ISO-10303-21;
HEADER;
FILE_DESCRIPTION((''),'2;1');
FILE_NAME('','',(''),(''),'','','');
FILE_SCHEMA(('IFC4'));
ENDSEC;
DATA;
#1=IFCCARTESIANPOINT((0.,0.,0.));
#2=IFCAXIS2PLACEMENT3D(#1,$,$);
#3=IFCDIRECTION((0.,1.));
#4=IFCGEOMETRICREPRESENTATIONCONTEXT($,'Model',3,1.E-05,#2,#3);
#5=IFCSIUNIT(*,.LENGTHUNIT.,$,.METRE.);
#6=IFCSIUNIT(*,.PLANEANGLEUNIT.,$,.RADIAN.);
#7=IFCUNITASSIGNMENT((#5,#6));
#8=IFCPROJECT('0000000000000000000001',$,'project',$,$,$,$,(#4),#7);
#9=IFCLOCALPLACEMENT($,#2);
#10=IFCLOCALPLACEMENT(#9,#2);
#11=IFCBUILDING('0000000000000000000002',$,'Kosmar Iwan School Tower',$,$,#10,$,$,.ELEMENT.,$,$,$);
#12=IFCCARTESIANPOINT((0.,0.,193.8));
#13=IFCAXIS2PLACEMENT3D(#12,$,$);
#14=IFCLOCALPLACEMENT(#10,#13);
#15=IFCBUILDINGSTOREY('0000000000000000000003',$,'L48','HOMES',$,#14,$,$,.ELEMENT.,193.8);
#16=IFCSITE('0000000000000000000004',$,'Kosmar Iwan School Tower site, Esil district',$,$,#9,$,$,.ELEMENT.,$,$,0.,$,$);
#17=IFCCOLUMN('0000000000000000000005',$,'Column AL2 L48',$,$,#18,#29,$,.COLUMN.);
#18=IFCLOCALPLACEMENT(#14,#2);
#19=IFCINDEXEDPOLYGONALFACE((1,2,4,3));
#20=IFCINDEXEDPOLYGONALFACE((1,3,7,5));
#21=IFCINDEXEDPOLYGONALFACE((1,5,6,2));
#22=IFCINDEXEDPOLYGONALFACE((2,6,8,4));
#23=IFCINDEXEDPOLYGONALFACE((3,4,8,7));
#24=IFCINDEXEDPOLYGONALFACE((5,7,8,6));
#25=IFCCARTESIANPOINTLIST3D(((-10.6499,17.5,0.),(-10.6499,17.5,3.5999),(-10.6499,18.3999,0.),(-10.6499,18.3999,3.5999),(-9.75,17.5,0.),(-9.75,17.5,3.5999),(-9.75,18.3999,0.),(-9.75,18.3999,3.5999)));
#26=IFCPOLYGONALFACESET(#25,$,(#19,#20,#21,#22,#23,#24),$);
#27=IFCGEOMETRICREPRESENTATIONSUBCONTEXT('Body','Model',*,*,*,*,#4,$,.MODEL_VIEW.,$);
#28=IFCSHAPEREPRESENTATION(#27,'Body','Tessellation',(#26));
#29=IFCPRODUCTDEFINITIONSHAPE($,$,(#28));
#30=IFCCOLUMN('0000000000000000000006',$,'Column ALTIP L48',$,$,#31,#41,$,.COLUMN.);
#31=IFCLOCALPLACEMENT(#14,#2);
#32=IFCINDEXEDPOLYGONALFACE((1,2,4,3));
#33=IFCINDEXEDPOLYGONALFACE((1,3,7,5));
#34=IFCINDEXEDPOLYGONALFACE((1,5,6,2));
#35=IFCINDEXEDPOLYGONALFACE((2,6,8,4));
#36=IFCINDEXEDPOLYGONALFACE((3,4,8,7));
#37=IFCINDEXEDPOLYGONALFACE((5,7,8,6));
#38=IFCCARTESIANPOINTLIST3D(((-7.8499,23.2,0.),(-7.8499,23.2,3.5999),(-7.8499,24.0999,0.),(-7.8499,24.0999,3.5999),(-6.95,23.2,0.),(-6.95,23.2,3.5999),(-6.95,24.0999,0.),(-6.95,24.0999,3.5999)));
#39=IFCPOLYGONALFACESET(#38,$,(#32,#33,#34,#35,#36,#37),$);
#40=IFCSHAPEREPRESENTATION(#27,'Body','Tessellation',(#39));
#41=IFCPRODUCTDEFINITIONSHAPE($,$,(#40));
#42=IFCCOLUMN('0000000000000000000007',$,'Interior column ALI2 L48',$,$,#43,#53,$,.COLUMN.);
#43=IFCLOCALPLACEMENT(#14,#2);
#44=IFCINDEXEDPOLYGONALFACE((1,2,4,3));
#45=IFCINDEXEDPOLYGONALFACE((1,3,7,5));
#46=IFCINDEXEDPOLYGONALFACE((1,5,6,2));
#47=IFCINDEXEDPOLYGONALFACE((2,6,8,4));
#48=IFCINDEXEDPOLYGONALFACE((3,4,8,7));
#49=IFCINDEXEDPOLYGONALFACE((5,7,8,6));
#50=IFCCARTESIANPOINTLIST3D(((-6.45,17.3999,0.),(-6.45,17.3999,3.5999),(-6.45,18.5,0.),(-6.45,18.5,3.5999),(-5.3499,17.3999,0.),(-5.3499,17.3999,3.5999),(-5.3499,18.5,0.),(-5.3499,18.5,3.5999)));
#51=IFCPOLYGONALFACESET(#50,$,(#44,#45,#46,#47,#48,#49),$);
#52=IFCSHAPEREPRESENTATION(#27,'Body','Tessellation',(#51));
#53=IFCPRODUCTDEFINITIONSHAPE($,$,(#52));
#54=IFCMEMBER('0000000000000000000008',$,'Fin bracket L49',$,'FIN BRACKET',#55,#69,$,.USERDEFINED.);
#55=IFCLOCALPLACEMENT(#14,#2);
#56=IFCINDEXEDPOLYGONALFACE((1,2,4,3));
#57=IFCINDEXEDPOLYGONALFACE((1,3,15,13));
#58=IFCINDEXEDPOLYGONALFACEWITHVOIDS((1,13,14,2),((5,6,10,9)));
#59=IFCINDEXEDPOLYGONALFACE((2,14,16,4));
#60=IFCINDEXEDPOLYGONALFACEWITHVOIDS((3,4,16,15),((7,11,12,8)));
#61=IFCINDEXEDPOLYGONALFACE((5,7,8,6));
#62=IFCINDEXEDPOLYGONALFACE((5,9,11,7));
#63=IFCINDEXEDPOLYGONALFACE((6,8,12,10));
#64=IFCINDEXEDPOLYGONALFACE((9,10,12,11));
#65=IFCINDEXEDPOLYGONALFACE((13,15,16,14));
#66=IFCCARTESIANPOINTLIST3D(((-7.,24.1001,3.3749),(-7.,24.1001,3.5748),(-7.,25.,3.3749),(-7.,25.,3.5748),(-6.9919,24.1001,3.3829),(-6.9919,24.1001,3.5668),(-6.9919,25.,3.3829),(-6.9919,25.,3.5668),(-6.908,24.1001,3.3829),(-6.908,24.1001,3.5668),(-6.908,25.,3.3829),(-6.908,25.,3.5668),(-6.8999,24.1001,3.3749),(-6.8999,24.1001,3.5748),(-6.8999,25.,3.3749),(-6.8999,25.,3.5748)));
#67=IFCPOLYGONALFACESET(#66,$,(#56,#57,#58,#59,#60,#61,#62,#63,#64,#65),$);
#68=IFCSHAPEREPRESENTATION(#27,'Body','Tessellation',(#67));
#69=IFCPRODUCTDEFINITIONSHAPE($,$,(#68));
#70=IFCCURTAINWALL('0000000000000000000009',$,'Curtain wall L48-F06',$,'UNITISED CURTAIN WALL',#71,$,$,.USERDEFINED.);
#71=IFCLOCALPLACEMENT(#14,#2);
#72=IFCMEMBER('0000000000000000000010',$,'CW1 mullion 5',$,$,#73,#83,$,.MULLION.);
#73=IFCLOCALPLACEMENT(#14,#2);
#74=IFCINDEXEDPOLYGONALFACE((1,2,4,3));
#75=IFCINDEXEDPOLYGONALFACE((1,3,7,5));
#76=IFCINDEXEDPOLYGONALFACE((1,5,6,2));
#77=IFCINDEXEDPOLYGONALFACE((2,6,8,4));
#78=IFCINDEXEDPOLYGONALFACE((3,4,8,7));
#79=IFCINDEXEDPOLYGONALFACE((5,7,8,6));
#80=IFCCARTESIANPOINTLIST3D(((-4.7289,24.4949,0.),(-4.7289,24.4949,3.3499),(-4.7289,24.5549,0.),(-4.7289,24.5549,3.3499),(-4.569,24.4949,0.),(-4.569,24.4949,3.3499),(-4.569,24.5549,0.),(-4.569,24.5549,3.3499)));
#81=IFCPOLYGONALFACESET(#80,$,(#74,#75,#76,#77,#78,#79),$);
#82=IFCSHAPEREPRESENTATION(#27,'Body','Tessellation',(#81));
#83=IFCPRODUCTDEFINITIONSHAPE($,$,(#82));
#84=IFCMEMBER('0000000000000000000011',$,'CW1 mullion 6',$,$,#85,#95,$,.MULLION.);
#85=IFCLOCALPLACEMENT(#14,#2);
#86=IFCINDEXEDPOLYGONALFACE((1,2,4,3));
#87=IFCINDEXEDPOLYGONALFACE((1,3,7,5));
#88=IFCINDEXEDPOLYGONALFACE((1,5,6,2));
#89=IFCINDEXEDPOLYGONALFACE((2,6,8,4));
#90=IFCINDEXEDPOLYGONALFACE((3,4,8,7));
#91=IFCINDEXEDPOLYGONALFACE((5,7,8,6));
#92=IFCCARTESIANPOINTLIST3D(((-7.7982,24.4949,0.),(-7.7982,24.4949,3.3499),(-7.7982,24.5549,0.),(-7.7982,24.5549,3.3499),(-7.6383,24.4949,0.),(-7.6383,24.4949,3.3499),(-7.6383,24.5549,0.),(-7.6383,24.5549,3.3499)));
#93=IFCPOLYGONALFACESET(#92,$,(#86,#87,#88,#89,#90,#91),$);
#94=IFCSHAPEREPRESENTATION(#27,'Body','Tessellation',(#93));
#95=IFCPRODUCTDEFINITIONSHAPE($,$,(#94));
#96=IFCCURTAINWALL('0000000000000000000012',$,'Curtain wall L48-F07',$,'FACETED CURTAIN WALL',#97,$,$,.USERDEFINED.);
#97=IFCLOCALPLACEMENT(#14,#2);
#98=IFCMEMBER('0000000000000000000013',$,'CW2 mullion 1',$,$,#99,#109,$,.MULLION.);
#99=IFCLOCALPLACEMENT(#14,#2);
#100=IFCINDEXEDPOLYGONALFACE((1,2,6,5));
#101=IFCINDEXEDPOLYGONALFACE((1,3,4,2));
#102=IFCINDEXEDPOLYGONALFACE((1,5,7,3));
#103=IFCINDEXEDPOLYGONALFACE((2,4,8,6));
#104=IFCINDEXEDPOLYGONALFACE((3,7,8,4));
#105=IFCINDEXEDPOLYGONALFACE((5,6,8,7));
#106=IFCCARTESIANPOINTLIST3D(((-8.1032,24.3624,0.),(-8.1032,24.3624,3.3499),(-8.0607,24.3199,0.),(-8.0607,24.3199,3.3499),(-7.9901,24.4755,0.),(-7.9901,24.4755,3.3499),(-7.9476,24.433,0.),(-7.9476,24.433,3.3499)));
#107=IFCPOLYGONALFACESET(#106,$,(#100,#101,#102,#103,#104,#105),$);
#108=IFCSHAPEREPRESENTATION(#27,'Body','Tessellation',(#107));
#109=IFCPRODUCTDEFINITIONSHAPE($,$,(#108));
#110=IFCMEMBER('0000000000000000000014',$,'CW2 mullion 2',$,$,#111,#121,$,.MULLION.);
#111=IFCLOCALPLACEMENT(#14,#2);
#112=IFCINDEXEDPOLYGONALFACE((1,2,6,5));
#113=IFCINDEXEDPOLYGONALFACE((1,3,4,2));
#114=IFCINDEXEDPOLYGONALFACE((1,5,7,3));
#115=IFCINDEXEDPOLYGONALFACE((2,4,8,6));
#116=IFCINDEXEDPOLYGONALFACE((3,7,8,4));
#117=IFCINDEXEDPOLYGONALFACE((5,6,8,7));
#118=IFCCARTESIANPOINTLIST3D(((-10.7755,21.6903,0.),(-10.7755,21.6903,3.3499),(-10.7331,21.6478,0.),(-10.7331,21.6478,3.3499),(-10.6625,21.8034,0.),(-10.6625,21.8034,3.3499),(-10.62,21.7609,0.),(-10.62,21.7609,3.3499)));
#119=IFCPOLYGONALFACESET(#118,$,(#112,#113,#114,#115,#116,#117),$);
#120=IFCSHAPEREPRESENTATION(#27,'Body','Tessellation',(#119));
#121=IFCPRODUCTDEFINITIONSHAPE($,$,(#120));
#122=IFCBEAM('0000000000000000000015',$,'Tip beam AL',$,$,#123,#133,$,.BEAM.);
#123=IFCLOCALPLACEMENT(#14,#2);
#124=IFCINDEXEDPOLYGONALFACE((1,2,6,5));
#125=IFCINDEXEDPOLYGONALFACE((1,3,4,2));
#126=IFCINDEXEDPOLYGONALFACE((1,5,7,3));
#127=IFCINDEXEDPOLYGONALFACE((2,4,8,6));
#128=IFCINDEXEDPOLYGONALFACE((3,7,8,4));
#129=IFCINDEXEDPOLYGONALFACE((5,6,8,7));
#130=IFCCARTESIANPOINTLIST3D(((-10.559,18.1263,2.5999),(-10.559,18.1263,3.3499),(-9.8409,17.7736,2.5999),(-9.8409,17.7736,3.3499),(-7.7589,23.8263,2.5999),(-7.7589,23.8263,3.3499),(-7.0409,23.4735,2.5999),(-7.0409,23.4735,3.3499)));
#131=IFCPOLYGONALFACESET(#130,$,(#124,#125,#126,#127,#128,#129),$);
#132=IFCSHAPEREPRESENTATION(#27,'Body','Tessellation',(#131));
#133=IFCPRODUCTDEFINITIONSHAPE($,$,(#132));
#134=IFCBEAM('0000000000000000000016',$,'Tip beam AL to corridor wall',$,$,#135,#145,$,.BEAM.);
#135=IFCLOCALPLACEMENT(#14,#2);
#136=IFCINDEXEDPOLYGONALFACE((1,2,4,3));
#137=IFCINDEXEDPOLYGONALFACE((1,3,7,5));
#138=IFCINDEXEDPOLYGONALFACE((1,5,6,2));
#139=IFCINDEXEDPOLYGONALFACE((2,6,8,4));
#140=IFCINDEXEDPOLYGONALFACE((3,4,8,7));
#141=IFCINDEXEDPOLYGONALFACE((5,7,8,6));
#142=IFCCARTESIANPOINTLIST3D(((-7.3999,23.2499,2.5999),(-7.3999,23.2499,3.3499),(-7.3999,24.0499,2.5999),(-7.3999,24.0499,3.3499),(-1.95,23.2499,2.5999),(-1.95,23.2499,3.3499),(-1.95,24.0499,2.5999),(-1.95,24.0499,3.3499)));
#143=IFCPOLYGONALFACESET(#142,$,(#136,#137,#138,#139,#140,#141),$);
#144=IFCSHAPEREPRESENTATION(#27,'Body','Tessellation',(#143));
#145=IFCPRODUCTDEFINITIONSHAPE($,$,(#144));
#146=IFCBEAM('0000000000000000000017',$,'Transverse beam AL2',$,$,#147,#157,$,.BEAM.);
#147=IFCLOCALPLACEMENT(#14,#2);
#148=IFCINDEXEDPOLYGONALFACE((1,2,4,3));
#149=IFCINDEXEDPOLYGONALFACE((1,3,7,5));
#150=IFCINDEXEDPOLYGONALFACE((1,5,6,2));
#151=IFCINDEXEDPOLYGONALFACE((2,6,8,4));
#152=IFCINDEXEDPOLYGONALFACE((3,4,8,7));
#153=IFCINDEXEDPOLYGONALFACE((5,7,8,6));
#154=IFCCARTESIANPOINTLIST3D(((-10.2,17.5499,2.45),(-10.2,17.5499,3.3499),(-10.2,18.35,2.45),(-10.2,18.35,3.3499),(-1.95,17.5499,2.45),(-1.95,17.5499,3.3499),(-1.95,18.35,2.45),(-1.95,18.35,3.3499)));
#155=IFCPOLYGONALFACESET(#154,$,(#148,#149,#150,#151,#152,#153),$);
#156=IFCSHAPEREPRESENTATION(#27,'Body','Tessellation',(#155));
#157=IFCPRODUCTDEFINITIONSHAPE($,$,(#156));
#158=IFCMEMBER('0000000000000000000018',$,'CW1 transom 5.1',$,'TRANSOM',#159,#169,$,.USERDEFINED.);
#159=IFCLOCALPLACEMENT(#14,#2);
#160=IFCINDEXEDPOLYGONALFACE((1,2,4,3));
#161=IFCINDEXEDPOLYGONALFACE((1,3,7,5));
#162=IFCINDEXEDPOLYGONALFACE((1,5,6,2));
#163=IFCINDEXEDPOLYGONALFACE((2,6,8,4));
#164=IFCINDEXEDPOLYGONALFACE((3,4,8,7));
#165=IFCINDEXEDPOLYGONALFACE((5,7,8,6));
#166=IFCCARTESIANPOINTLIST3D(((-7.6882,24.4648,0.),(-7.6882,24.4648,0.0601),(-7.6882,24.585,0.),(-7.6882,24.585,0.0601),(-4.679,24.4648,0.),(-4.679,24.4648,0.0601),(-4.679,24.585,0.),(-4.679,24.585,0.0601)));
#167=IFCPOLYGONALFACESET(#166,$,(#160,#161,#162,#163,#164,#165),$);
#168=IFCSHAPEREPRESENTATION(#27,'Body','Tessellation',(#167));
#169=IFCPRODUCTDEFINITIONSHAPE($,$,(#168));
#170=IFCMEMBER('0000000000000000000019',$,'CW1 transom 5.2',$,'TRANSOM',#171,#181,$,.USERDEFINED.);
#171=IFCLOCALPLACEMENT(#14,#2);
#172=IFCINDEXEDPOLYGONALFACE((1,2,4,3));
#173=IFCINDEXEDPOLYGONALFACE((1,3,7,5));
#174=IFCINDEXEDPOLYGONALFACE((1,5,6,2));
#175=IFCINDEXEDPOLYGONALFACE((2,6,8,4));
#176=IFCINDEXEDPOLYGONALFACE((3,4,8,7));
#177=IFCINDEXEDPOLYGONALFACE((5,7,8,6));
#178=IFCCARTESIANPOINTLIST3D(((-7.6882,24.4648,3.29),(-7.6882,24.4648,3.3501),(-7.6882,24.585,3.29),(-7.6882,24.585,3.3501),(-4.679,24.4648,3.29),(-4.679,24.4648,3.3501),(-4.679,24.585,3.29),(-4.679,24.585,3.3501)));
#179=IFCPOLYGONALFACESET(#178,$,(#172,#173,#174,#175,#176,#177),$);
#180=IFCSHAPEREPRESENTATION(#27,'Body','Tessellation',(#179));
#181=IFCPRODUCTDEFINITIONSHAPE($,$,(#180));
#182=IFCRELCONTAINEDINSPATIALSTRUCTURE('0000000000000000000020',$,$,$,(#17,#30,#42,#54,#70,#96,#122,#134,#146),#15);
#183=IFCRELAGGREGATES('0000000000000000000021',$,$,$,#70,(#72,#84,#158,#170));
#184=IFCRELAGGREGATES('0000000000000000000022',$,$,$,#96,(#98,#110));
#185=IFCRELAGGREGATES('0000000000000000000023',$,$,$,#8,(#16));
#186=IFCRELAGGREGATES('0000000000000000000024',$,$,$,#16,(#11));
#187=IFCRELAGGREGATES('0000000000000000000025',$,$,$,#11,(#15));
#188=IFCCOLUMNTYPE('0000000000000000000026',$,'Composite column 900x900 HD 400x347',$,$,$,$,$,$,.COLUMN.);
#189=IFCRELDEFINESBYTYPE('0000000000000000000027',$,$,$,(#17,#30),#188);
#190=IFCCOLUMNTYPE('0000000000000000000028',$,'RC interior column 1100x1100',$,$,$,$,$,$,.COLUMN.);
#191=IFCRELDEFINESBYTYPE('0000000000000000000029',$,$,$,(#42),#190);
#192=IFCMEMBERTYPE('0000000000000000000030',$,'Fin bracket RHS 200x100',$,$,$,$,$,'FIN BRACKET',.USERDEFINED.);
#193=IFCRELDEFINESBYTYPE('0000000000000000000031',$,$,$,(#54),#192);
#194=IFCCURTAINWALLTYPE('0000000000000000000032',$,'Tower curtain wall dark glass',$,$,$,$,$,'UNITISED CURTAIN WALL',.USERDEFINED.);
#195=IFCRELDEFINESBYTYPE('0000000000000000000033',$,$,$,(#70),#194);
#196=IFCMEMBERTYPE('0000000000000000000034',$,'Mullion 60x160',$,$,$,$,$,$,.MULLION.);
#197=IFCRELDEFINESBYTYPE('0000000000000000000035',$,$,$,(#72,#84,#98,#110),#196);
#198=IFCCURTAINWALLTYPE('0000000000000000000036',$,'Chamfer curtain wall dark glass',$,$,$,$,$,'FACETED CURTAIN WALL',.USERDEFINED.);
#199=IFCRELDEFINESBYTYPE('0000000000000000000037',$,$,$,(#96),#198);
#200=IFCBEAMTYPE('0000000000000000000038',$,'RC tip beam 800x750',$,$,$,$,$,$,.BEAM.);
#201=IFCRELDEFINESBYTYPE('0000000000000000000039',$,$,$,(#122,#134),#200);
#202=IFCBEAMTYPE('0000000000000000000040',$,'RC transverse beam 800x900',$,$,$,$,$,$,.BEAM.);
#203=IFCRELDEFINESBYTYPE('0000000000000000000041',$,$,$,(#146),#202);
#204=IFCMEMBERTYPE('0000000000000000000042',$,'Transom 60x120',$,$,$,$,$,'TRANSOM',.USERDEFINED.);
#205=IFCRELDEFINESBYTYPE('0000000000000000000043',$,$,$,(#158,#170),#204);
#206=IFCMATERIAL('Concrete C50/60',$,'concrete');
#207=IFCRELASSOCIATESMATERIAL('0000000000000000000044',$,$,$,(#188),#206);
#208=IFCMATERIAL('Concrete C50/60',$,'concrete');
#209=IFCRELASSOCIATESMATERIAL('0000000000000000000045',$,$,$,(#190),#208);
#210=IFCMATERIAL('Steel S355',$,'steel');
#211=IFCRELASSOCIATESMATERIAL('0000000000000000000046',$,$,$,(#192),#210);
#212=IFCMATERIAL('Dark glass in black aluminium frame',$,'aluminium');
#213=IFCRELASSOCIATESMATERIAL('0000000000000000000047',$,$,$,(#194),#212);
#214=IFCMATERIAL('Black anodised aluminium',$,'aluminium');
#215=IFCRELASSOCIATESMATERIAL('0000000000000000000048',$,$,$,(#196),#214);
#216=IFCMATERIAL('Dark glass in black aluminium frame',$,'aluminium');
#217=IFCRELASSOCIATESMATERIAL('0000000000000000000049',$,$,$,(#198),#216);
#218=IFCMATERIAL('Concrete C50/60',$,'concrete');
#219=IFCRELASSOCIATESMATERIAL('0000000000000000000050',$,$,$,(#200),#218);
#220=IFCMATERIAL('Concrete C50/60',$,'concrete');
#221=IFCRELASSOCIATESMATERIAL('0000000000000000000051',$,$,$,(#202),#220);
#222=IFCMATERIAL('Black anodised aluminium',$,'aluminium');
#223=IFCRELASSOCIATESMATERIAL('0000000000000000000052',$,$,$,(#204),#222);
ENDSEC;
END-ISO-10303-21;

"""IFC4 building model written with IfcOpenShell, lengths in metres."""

from ifc_helpers import new_model, si_unit, direction, frame, origin, origin_2d, place, context, subcontext, project, spatial, rectangle, hollow_rectangle, extrude, material, material_profile, profile_set, type_object, element, aggregate, save


model = new_model("IFC4")

# Units and contexts
model_context = context("Model", 3, precision=1e-05, world=origin(), true_north=direction((0.0, 1.0)))
body_context = subcontext(model_context, "Body", "Model", "MODEL_VIEW")
ifc_project = project(units=[si_unit("LENGTHUNIT", "METRE"), si_unit("PLANEANGLEUNIT", "RADIAN")], contexts=[model_context])

# Site, building, storey
site_placement = place(None, origin())
site = spatial("IfcSite", under=ifc_project, at=site_placement, Name="Kosmar Iwan School Tower site, Esil district", CompositionType="ELEMENT", RefElevation=0.0)
building_placement = place(site_placement, origin())
building = spatial("IfcBuilding", under=site, at=building_placement, Name="Kosmar Iwan School Tower", CompositionType="ELEMENT")
storey_placement = place(building_placement, frame((0.0, 0.0, 193.8)))
storey = spatial("IfcBuildingStorey", under=building, at=storey_placement, Name="L48", Description="HOMES", CompositionType="ELEMENT", Elevation=193.8)

# Columns
ifc_material_1 = material(Name="Concrete C50/60", Category="concrete")
ifc_material_profile_1 = material_profile(ifc_material_1, rectangle(XDim=0.8999, YDim=0.8999, at=origin_2d()), Name="RC 900x900 + HD 400x347")
ifc_profile_set_1 = profile_set([ifc_material_profile_1], Name="Concrete C50/60")
column_type_1 = type_object("IfcColumnType", Name="Composite column 900x900 HD 400x347", PredefinedType="COLUMN", material=ifc_profile_set_1)
for number, where, z_axis, x_axis, name in (
    (1, (-10.2, 17.95, 0.0), (0.0, 0.0, 1.0), (0.0, 1.0, 0.0), "Column AL2 L48"),
    (2, (-7.3999, 23.6499, 0.0), (0.0, 0.0, 1.0), (0.0, 1.0, 0.0), "Column ALTIP L48"),
):
    element("IfcColumn", number, at=place(storey_placement, frame(where, z_axis=z_axis, x_axis=x_axis)), inside=storey, type_object=column_type_1, Name=name, PredefinedType="COLUMN", context=body_context, shape_type="SweptSolid", body=[
        extrude(rectangle(XDim=0.8999, YDim=0.8999, at=origin_2d()), origin(), (0.0, 0.0, 1.0), 3.5999),
    ])
ifc_material_2 = material(Name="Concrete C50/60", Category="concrete")
ifc_material_profile_2 = material_profile(ifc_material_2, rectangle(XDim=1.1001, YDim=1.1001, at=origin_2d()), Name="RC 1100x1100")
ifc_profile_set_2 = profile_set([ifc_material_profile_2], Name="Concrete C50/60")
column_type_2 = type_object("IfcColumnType", Name="RC interior column 1100x1100", PredefinedType="COLUMN", material=ifc_profile_set_2)
column_placement = place(storey_placement, frame((-5.8999, 17.95, 0.0), z_axis=(0.0, 0.0, 1.0), x_axis=(0.0, 1.0, 0.0)))
element("IfcColumn", 3, at=column_placement, inside=storey, type_object=column_type_2, Name="Interior column ALI2 L48", PredefinedType="COLUMN", context=body_context, shape_type="SweptSolid", body=[
    extrude(rectangle(XDim=1.1001, YDim=1.1001, at=origin_2d()), origin(), (0.0, 0.0, 1.0), 3.5999),
])

# Member
ifc_material_3 = material(Name="Steel S355", Category="steel")
ifc_material_profile_3 = material_profile(ifc_material_3, hollow_rectangle(XDim=0.1001, YDim=0.2, WallThickness=0.0081, at=origin_2d()), Name="RHS 200x100x8")
ifc_profile_set_3 = profile_set([ifc_material_profile_3], Name="Steel S355")
member_type_1 = type_object("IfcMemberType", Name="Fin bracket RHS 200x100", ElementType="FIN BRACKET", PredefinedType="USERDEFINED", material=ifc_profile_set_3)
member_1_placement = place(storey_placement, frame((-6.95, 24.1001, 3.4749), z_axis=(0.0, 1.0, 0.0), x_axis=(-1.0, 0.0, 0.0)))
element("IfcMember", 4, at=member_1_placement, inside=storey, type_object=member_type_1, Name="Fin bracket L49", ObjectType="FIN BRACKET", PredefinedType="USERDEFINED", context=body_context, shape_type="SweptSolid", body=[
    extrude(hollow_rectangle(XDim=0.1001, YDim=0.2, WallThickness=0.0081, at=origin_2d()), origin(), (0.0, 0.0, 1.0), 0.8999),
])

# Curtain walls, members
ifc_material_4 = material(Name="Dark glass in black aluminium frame", Category="aluminium")
curtain_wall_type_1 = type_object("IfcCurtainWallType", Name="Tower curtain wall dark glass", ElementType="UNITISED CURTAIN WALL", PredefinedType="USERDEFINED", material=ifc_material_4)
curtain_wall_1_placement = place(storey_placement, origin())
curtain_wall_1 = element("IfcCurtainWall", 5, at=curtain_wall_1_placement, inside=storey, type_object=curtain_wall_type_1, Name="Curtain wall L48-F06", ObjectType="UNITISED CURTAIN WALL", PredefinedType="USERDEFINED")
ifc_material_5 = material(Name="Black anodised aluminium", Category="aluminium")
ifc_material_profile_4 = material_profile(ifc_material_5, rectangle(XDim=0.0601, YDim=0.1599, at=origin_2d()), Name="MULLION 60x160")
ifc_profile_set_4 = profile_set([ifc_material_profile_4], Name="Black anodised aluminium")
member_type_2 = type_object("IfcMemberType", Name="Mullion 60x160", PredefinedType="MULLION", material=ifc_profile_set_4)
member_2_placement = place(storey_placement, frame((-4.6489, 24.5249, 0.0), z_axis=(0.0, 0.0, 1.0), x_axis=(0.0, -1.0, 0.0)))
member_2 = element("IfcMember", 6, at=member_2_placement, type_object=member_type_2, Name="CW1 mullion 5", PredefinedType="MULLION", context=body_context, shape_type="SweptSolid", body=[
    extrude(rectangle(XDim=0.0601, YDim=0.1599, at=origin_2d()), origin(), (0.0, 0.0, 1.0), 3.3499),
])
member_3_placement = place(storey_placement, frame((-7.7183, 24.5249, 0.0), z_axis=(0.0, 0.0, 1.0), x_axis=(0.0, -1.0, 0.0)))
member_3 = element("IfcMember", 7, at=member_3_placement, type_object=member_type_2, Name="CW1 mullion 6", PredefinedType="MULLION", context=body_context, shape_type="SweptSolid", body=[
    extrude(rectangle(XDim=0.0601, YDim=0.1599, at=origin_2d()), origin(), (0.0, 0.0, 1.0), 3.3499),
])
ifc_material_6 = material(Name="Dark glass in black aluminium frame", Category="aluminium")
curtain_wall_type_2 = type_object("IfcCurtainWallType", Name="Chamfer curtain wall dark glass", ElementType="FACETED CURTAIN WALL", PredefinedType="USERDEFINED", material=ifc_material_6)
curtain_wall_2_placement = place(storey_placement, origin())
curtain_wall_2 = element("IfcCurtainWall", 8, at=curtain_wall_2_placement, inside=storey, type_object=curtain_wall_type_2, Name="Curtain wall L48-F07", ObjectType="FACETED CURTAIN WALL", PredefinedType="USERDEFINED")
member_4_placement = place(storey_placement, frame((-8.0254, 24.3977, 0.0), z_axis=(0.0, 0.0, 1.0), x_axis=(0.707107, -0.707107, 0.0)))
member_4 = element("IfcMember", 9, at=member_4_placement, type_object=member_type_2, Name="CW2 mullion 1", PredefinedType="MULLION", context=body_context, shape_type="SweptSolid", body=[
    extrude(rectangle(XDim=0.0601, YDim=0.1599, at=origin_2d()), origin(), (0.0, 0.0, 1.0), 3.3499),
])
member_5_placement = place(storey_placement, frame((-10.6978, 21.7256, 0.0), z_axis=(0.0, 0.0, 1.0), x_axis=(0.707107, -0.707107, 0.0)))
member_5 = element("IfcMember", 10, at=member_5_placement, type_object=member_type_2, Name="CW2 mullion 2", PredefinedType="MULLION", context=body_context, shape_type="SweptSolid", body=[
    extrude(rectangle(XDim=0.0601, YDim=0.1599, at=origin_2d()), origin(), (0.0, 0.0, 1.0), 3.3499),
])

# Beams
ifc_material_7 = material(Name="Concrete C50/60", Category="concrete")
ifc_material_profile_5 = material_profile(ifc_material_7, rectangle(XDim=0.8, YDim=0.75, at=origin_2d()), Name="RC 800x750")
ifc_profile_set_5 = profile_set([ifc_material_profile_5], Name="Concrete C50/60")
beam_type_1 = type_object("IfcBeamType", Name="RC tip beam 800x750", PredefinedType="BEAM", material=ifc_profile_set_5)
beam_1_placement = place(storey_placement, frame((-10.2, 17.95, 2.9749), z_axis=(0.440913, 0.89755, 0.0), x_axis=(-0.89755, 0.440913, 0.0)))
element("IfcBeam", 11, at=beam_1_placement, inside=storey, type_object=beam_type_1, Name="Tip beam AL", PredefinedType="BEAM", context=body_context, shape_type="SweptSolid", body=[
    extrude(rectangle(XDim=0.8, YDim=0.75, at=origin_2d()), origin(), (0.0, 0.0, 1.0), 6.3506),
])
beam_2_placement = place(storey_placement, frame((-7.3999, 23.6499, 2.9749), z_axis=(1.0, 0.0, 0.0), x_axis=(0.0, 1.0, 0.0)))
element("IfcBeam", 12, at=beam_2_placement, inside=storey, type_object=beam_type_1, Name="Tip beam AL to corridor wall", PredefinedType="BEAM", context=body_context, shape_type="SweptSolid", body=[
    extrude(rectangle(XDim=0.8, YDim=0.75, at=origin_2d()), origin(), (0.0, 0.0, 1.0), 5.45),
])
ifc_material_8 = material(Name="Concrete C50/60", Category="concrete")
ifc_material_profile_6 = material_profile(ifc_material_8, rectangle(XDim=0.8, YDim=0.8999, at=origin_2d()), Name="RC 800x900")
ifc_profile_set_6 = profile_set([ifc_material_profile_6], Name="Concrete C50/60")
beam_type_2 = type_object("IfcBeamType", Name="RC transverse beam 800x900", PredefinedType="BEAM", material=ifc_profile_set_6)
beam_3_placement = place(storey_placement, frame((-10.2, 17.95, 2.8999), z_axis=(1.0, 0.0, 0.0), x_axis=(0.0, 1.0, 0.0)))
element("IfcBeam", 13, at=beam_3_placement, inside=storey, type_object=beam_type_2, Name="Transverse beam AL2", PredefinedType="BEAM", context=body_context, shape_type="SweptSolid", body=[
    extrude(rectangle(XDim=0.8, YDim=0.8999, at=origin_2d()), origin(), (0.0, 0.0, 1.0), 8.25),
])

# Members
ifc_material_9 = material(Name="Black anodised aluminium", Category="aluminium")
ifc_material_profile_7 = material_profile(ifc_material_9, rectangle(XDim=0.1201, YDim=0.0601, at=origin_2d()), Name="TRANSOM 60x120")
ifc_profile_set_7 = profile_set([ifc_material_profile_7], Name="Black anodised aluminium")
member_type_3 = type_object("IfcMemberType", Name="Transom 60x120", ElementType="TRANSOM", PredefinedType="USERDEFINED", material=ifc_profile_set_7)
member_6_placement = place(storey_placement, frame((-4.679, 24.5249, 0.03), z_axis=(-1.0, 0.0, 0.0), x_axis=(0.0, -1.0, 0.0)))
member_6 = element("IfcMember", 14, at=member_6_placement, type_object=member_type_3, Name="CW1 transom 5.1", ObjectType="TRANSOM", PredefinedType="USERDEFINED", context=body_context, shape_type="SweptSolid", body=[
    extrude(rectangle(XDim=0.1201, YDim=0.0601, at=origin_2d()), origin(), (0.0, 0.0, 1.0), 3.0093),
])
member_7_placement = place(storey_placement, frame((-4.679, 24.5249, 3.3201), z_axis=(-1.0, 0.0, 0.0), x_axis=(0.0, -1.0, 0.0)))
member_7 = element("IfcMember", 15, at=member_7_placement, type_object=member_type_3, Name="CW1 transom 5.2", ObjectType="TRANSOM", PredefinedType="USERDEFINED", context=body_context, shape_type="SweptSolid", body=[
    extrude(rectangle(XDim=0.1201, YDim=0.0601, at=origin_2d()), origin(), (0.0, 0.0, 1.0), 3.0093),
])

aggregate(curtain_wall_1, [member_2, member_3, member_6, member_7])
aggregate(curtain_wall_2, [member_4, member_5])

save(model, "model.ifc")
